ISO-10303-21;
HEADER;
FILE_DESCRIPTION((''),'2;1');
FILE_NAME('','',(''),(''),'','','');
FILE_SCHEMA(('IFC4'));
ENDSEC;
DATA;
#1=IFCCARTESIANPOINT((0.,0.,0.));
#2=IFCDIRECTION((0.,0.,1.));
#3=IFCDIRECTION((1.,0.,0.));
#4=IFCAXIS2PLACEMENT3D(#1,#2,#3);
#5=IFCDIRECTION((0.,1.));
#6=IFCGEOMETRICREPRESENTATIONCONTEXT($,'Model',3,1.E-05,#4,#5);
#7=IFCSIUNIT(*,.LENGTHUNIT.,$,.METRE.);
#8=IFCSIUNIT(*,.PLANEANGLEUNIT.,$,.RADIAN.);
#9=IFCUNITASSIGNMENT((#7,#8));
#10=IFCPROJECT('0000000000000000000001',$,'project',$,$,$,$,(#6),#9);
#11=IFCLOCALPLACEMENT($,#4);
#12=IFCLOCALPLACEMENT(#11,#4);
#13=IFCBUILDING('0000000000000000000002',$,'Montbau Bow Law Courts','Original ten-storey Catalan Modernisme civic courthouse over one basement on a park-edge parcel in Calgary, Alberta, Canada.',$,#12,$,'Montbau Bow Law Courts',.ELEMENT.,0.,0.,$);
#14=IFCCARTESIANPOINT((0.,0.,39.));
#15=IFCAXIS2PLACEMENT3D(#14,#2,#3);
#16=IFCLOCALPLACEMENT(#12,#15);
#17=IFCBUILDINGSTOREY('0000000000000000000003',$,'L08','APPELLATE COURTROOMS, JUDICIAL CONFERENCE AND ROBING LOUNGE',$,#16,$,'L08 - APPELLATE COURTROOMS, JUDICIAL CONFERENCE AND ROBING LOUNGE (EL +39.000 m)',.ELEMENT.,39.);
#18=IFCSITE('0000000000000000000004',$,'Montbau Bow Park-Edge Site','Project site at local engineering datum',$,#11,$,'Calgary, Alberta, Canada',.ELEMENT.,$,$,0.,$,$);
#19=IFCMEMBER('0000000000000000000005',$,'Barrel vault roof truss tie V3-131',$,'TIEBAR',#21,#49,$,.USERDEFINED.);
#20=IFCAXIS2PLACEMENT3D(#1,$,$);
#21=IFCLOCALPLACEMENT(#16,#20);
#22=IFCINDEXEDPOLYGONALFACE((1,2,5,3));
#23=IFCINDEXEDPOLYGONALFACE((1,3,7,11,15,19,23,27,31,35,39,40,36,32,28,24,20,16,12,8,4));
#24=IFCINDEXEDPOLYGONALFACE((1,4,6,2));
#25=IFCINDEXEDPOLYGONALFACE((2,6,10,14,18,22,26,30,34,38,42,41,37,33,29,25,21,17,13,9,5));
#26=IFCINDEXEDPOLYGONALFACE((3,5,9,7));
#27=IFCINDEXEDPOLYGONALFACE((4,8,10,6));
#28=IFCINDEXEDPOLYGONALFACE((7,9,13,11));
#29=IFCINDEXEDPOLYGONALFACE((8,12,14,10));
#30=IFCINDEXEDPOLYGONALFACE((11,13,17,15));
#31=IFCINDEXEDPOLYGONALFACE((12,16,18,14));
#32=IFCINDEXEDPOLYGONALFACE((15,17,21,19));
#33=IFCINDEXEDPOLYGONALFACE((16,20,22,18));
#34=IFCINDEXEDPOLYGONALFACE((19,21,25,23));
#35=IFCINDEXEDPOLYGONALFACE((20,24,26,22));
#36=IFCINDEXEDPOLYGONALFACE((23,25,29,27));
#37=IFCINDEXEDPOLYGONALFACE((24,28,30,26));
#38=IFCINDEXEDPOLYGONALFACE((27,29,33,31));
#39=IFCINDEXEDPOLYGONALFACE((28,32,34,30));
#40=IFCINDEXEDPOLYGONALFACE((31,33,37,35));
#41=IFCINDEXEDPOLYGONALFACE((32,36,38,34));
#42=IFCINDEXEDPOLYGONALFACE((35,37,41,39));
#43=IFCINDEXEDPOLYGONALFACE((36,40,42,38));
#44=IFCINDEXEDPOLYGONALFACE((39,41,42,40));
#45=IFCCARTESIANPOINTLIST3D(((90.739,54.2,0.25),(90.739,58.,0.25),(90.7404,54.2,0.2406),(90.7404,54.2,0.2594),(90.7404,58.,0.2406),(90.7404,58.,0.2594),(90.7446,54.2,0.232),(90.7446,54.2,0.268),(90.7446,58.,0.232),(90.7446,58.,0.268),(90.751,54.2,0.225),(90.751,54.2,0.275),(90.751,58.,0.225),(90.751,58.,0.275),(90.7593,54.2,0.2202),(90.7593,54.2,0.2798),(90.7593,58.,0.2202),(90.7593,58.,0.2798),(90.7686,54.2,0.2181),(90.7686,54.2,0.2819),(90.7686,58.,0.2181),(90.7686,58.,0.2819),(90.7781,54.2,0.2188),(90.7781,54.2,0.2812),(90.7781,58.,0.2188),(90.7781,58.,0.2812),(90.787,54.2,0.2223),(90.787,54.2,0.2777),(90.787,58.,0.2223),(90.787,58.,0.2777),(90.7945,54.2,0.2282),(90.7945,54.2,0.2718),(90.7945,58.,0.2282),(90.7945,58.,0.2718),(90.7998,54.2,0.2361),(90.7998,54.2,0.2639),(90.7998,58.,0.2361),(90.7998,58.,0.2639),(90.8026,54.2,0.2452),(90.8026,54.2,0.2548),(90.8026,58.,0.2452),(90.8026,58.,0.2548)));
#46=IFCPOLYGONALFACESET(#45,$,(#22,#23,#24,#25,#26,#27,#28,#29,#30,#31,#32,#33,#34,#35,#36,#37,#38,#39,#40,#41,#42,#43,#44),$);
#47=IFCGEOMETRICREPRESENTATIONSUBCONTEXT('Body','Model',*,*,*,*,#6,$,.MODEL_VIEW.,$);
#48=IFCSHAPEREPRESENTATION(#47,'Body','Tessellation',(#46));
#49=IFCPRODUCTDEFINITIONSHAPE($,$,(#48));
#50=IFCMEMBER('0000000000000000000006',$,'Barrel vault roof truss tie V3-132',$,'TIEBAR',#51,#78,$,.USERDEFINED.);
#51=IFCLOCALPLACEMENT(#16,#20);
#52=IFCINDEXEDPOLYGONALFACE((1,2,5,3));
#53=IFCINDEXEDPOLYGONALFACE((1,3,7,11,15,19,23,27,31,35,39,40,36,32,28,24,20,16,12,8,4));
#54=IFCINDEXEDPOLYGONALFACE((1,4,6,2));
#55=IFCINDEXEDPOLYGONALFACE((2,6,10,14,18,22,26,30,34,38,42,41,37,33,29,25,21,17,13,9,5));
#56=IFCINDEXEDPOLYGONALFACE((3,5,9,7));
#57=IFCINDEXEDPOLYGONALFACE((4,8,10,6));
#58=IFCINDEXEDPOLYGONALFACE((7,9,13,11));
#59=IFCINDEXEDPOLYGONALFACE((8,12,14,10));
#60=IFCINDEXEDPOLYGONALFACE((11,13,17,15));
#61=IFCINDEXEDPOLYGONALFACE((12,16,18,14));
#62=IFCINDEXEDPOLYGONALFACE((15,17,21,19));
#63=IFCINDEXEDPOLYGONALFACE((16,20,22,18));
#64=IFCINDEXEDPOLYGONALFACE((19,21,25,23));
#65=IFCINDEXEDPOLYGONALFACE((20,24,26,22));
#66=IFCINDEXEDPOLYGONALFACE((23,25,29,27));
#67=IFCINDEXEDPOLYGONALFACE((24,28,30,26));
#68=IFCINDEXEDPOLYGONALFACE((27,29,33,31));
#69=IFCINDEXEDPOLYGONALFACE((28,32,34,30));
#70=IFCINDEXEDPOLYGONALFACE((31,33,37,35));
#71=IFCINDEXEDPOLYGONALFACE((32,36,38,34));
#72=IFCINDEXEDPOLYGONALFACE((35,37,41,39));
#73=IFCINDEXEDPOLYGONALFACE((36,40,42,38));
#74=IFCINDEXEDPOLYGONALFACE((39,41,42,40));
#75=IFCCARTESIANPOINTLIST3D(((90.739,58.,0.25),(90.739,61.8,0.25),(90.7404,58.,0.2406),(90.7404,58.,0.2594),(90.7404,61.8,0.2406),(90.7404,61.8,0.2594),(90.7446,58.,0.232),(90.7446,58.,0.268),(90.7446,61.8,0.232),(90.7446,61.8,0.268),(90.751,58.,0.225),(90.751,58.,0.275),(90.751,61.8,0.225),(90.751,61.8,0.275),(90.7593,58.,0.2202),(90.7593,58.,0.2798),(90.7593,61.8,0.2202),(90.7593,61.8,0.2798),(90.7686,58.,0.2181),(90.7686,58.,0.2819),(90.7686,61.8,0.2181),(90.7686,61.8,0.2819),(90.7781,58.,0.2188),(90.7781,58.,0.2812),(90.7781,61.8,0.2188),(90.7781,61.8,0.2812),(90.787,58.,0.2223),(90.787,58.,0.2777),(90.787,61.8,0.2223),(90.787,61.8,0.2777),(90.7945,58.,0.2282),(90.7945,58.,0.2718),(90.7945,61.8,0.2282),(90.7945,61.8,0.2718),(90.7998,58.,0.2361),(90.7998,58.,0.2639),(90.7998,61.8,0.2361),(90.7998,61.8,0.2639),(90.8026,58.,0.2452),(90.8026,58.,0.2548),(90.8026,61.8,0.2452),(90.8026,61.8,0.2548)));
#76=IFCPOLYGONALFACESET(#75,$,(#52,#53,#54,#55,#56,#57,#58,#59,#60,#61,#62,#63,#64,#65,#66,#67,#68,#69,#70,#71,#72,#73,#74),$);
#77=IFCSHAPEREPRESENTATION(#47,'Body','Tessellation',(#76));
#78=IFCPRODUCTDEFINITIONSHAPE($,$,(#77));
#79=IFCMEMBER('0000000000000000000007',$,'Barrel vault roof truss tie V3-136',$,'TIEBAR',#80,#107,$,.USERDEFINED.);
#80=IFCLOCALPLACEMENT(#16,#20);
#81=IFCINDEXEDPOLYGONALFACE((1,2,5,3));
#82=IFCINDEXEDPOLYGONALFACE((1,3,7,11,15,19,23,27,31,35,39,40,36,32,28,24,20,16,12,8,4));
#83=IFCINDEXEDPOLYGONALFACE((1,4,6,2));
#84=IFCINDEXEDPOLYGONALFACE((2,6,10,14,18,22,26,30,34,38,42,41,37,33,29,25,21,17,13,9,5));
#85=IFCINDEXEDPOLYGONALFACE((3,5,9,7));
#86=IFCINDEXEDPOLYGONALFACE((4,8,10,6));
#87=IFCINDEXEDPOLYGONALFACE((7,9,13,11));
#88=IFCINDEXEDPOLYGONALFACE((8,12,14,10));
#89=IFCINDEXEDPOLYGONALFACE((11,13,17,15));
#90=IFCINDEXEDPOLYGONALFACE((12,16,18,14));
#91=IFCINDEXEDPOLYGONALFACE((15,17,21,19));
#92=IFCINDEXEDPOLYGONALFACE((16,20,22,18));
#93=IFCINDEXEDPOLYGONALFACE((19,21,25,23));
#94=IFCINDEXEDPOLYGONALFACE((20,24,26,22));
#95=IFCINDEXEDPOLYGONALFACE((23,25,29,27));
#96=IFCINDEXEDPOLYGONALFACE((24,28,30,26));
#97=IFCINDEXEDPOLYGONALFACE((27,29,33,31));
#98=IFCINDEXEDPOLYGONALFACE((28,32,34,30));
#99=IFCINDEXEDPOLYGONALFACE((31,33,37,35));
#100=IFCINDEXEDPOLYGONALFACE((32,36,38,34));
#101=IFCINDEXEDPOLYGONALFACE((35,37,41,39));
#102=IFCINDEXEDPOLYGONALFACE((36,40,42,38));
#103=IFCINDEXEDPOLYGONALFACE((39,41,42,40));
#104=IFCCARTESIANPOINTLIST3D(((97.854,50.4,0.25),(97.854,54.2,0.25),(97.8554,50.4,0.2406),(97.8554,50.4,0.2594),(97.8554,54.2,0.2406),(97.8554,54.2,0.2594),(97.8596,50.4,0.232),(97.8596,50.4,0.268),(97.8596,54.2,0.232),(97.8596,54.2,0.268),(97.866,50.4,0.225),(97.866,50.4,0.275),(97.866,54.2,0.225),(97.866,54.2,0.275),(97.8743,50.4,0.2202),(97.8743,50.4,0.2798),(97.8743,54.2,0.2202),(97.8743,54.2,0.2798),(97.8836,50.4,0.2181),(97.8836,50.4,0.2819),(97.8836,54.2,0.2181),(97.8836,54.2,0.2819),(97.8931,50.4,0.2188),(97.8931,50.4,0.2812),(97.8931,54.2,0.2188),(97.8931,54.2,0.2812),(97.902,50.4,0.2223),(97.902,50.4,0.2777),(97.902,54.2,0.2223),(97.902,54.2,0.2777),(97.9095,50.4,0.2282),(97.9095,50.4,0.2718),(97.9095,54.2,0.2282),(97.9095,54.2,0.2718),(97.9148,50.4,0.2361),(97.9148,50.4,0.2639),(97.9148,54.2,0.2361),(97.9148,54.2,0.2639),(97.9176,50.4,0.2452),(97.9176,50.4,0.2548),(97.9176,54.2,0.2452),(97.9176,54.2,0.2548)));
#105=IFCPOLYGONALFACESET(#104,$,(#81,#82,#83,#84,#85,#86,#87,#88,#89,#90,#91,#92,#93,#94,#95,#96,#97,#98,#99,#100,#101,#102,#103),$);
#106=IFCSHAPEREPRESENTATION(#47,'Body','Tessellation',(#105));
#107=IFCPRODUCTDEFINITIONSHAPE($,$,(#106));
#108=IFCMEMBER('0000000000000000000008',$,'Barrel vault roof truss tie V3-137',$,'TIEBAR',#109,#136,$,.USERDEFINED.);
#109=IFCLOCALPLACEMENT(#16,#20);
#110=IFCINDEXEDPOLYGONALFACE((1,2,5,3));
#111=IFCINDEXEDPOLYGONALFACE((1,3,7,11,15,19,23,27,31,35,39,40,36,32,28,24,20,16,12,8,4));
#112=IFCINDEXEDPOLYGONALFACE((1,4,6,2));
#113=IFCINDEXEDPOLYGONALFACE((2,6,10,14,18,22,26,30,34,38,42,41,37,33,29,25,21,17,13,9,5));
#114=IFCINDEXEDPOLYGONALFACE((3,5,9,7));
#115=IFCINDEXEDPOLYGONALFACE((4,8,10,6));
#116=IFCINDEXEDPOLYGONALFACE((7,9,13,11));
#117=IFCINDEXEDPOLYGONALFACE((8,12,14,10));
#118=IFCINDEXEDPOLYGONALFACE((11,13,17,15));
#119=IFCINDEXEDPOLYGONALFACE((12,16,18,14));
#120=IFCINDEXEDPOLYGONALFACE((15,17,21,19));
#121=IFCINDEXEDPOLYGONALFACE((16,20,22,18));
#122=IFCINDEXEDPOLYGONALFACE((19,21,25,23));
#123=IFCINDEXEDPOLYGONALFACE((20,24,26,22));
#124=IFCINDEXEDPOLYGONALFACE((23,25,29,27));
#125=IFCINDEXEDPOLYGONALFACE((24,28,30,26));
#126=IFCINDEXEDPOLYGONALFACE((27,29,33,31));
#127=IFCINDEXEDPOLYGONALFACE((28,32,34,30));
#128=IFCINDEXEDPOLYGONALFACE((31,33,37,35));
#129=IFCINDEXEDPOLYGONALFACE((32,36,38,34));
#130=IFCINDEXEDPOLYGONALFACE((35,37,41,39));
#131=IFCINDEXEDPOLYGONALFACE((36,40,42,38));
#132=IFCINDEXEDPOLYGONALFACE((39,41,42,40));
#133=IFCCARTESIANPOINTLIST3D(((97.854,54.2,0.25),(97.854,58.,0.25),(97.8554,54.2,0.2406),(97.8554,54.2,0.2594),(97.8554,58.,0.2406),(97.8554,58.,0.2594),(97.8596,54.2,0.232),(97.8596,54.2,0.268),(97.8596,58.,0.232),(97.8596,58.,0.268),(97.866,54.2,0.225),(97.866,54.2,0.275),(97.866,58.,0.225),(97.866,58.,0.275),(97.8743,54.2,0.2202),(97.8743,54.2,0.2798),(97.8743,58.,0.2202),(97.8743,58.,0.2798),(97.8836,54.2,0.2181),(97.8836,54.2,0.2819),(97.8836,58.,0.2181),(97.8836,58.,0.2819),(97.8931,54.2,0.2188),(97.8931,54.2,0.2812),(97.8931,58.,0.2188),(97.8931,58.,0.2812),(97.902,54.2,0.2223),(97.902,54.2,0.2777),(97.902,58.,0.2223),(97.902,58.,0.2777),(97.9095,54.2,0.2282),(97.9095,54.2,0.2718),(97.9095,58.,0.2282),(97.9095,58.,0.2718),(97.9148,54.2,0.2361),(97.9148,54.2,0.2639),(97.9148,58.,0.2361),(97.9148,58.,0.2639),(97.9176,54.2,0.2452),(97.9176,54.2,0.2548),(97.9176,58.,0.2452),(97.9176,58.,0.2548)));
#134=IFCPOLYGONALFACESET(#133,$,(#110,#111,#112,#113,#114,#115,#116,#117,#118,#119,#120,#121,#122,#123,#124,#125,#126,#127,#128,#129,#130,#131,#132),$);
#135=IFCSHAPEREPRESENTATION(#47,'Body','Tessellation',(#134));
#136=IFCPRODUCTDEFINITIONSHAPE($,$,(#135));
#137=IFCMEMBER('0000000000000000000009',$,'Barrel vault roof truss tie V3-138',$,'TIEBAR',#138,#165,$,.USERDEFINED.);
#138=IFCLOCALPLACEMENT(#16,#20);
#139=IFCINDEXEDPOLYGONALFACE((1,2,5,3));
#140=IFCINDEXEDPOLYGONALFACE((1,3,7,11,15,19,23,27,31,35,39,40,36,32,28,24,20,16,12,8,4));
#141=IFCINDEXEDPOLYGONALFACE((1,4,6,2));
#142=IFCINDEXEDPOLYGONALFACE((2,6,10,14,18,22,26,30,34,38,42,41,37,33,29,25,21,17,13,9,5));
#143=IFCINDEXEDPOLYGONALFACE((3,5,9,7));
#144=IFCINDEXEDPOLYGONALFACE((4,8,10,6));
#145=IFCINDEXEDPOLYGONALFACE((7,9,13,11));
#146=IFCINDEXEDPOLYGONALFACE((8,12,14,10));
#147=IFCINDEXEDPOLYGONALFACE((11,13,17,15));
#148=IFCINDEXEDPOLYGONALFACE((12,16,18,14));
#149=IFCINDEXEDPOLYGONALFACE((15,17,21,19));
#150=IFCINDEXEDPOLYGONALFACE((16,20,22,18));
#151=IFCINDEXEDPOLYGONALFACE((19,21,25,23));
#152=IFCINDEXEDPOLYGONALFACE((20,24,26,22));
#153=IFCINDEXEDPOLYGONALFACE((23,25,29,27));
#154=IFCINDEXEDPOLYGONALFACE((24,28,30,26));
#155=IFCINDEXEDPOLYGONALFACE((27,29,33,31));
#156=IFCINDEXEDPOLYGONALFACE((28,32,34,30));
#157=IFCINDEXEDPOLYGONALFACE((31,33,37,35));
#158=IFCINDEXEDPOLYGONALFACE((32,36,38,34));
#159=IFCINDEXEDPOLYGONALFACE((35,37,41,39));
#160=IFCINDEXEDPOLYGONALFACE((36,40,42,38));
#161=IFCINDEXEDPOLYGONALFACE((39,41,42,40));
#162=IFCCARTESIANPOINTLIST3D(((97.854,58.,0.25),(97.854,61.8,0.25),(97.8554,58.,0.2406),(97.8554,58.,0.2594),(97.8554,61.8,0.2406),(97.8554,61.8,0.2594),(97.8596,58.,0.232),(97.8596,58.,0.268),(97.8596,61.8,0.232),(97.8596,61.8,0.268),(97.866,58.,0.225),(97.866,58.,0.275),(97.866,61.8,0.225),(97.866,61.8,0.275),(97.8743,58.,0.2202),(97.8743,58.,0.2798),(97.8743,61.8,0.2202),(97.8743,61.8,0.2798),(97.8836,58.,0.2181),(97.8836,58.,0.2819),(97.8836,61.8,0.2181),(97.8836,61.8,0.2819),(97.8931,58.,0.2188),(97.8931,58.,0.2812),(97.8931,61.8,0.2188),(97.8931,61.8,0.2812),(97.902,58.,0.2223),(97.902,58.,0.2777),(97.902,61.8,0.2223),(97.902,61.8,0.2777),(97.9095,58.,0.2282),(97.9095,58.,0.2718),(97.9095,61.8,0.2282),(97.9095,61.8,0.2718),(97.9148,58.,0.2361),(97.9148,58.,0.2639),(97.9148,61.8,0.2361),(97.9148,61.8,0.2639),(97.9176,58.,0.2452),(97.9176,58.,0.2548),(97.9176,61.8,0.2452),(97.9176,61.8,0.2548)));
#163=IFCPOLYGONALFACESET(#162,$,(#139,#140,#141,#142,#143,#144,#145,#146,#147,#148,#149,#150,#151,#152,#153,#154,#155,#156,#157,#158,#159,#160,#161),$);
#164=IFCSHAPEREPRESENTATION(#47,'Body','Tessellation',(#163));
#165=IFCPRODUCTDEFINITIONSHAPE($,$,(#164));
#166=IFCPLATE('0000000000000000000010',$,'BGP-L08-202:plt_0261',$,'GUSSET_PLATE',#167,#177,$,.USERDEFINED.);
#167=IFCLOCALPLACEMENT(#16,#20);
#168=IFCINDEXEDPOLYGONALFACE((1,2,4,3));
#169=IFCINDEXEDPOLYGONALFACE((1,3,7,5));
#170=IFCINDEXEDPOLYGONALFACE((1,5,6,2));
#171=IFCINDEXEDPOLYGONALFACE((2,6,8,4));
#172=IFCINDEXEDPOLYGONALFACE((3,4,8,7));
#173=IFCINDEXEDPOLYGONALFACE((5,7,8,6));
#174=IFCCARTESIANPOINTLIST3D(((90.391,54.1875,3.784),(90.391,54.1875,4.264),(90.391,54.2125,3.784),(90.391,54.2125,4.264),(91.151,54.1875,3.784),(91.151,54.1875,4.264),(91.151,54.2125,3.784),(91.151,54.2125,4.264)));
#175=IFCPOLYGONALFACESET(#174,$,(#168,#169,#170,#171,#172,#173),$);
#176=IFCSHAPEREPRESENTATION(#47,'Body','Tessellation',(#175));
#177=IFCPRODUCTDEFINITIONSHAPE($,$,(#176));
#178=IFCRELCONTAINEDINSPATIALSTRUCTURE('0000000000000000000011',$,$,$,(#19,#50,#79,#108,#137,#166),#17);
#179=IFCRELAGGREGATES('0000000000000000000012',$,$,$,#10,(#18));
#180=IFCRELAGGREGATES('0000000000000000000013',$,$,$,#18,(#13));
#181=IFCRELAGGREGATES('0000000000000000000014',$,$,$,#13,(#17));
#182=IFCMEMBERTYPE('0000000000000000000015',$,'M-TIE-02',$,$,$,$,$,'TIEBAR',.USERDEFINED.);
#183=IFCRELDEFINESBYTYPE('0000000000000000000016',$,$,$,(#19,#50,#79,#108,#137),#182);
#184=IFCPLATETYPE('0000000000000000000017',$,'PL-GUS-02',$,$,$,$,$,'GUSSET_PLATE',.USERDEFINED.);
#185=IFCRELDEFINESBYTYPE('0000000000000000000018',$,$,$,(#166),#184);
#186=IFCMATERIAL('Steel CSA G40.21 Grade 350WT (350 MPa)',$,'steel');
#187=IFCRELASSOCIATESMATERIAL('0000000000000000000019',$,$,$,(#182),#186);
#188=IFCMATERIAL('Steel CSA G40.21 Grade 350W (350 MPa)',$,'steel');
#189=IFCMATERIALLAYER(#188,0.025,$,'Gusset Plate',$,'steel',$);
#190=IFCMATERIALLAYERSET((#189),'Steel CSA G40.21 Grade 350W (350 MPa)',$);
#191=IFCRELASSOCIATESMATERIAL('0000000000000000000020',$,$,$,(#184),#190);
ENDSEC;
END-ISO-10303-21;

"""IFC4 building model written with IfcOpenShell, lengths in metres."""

from ifc_helpers import new_model, si_unit, direction, frame, origin_with_axes, origin_2d_with_axis, place, context, subcontext, project, spatial, rectangle, circle, extrude, material, layer, layer_set, material_profile, profile_set, type_object, element, save


model = new_model("IFC4")

# Units and contexts
model_context = context("Model", 3, precision=1e-05, world=origin_with_axes(), true_north=direction((0.0, 1.0)))
body_context = subcontext(model_context, "Body", "Model", "MODEL_VIEW")
ifc_project = project(units=[si_unit("LENGTHUNIT", "METRE"), si_unit("PLANEANGLEUNIT", "RADIAN")], contexts=[model_context])

# Site, building, storey
site_placement = place(None, origin_with_axes())
site = spatial("IfcSite", under=ifc_project, at=site_placement, Name="Montbau Bow Park-Edge Site", Description="Project site at local engineering datum", LongName="Calgary, Alberta, Canada", CompositionType="ELEMENT", RefElevation=0.0)
building_placement = place(site_placement, origin_with_axes())
building = spatial("IfcBuilding", under=site, at=building_placement, Name="Montbau Bow Law Courts", Description="Original ten-storey Catalan Modernisme civic courthouse over one basement on a park-edge parcel in Calgary, Alberta, Canada.", LongName="Montbau Bow Law Courts", CompositionType="ELEMENT", ElevationOfRefHeight=0.0, ElevationOfTerrain=0.0)
storey_placement = place(building_placement, frame((0.0, 0.0, 39.0), z_axis=(0.0, 0.0, 1.0), x_axis=(1.0, 0.0, 0.0)))
storey = spatial("IfcBuildingStorey", under=building, at=storey_placement, Name="L08", Description="APPELLATE COURTROOMS, JUDICIAL CONFERENCE AND ROBING LOUNGE", LongName="L08 - APPELLATE COURTROOMS, JUDICIAL CONFERENCE AND ROBING LOUNGE (EL +39.000 m)", CompositionType="ELEMENT", Elevation=39.0)

# Shared definitions
ifc_material_1 = material(Name="Steel CSA G40.21 Grade 350W (350 MPa)", Category="steel")

# Shared definitions
ifc_material_2 = material(Name="Steel CSA G40.21 Grade 350WT (350 MPa)", Category="steel")

# Members
ifc_material_profile_1 = material_profile(ifc_material_2, circle(Radius=0.032, at=origin_2d_with_axis()), Name="ROD64", Category="Main", Priority=0)
ifc_profile_set_1 = profile_set([ifc_material_profile_1], Name="Steel CSA G40.21 Grade 350WT (350 MPa)")
member_type_1 = type_object("IfcMemberType", Name="M-TIE-02", ElementType="TIEBAR", PredefinedType="USERDEFINED", material=ifc_profile_set_1)
for number, where, z_axis, x_axis, name in (
    (1, (90.771, 54.2, 39.25), (0.0, 1.0, 0.0), (-1.0, 0.0, 0.0), "Barrel vault roof truss tie V3-131"),
    (2, (90.771, 58.0, 39.25), (0.0, 1.0, 0.0), (-1.0, 0.0, 0.0), "Barrel vault roof truss tie V3-132"),
    (3, (97.886, 50.4, 39.25), (0.0, 1.0, 0.0), (-1.0, 0.0, 0.0), "Barrel vault roof truss tie V3-136"),
    (4, (97.886, 54.2, 39.25), (0.0, 1.0, 0.0), (-1.0, 0.0, 0.0), "Barrel vault roof truss tie V3-137"),
    (5, (97.886, 58.0, 39.25), (0.0, 1.0, 0.0), (-1.0, 0.0, 0.0), "Barrel vault roof truss tie V3-138"),
):
    element("IfcMember", number, at=place(None, frame(where, z_axis=z_axis, x_axis=x_axis)), inside=storey, type_object=member_type_1, Name=name, ObjectType="TIEBAR", PredefinedType="USERDEFINED", context=body_context, shape_type="SweptSolid", body=[
        extrude(circle(Radius=0.032, at=origin_2d_with_axis()), origin_with_axes(), (0.0, 0.0, 1.0), 3.8),
    ])

# Plate
ifc_layer = layer(ifc_material_1, 0.025, Name="Gusset Plate", Category="steel")
ifc_layer_set = layer_set([ifc_layer], Name="Steel CSA G40.21 Grade 350W (350 MPa)")
plate_type = type_object("IfcPlateType", Name="PL-GUS-02", ElementType="GUSSET_PLATE", PredefinedType="USERDEFINED", material=ifc_layer_set)
plate_placement = place(None, frame((90.771, 54.2, 42.784), z_axis=(0.0, 0.0, 1.0), x_axis=(1.0, 0.0, 0.0)))
element("IfcPlate", 6, at=plate_placement, inside=storey, type_object=plate_type, Name="BGP-L08-202:plt_0261", ObjectType="GUSSET_PLATE", PredefinedType="USERDEFINED", context=body_context, shape_type="SweptSolid", body=[
    extrude(rectangle(XDim=0.76, YDim=0.025, at=origin_2d_with_axis()), origin_with_axes(), (0.0, 0.0, 1.0), 0.48),
])

save(model, "model.ifc")
